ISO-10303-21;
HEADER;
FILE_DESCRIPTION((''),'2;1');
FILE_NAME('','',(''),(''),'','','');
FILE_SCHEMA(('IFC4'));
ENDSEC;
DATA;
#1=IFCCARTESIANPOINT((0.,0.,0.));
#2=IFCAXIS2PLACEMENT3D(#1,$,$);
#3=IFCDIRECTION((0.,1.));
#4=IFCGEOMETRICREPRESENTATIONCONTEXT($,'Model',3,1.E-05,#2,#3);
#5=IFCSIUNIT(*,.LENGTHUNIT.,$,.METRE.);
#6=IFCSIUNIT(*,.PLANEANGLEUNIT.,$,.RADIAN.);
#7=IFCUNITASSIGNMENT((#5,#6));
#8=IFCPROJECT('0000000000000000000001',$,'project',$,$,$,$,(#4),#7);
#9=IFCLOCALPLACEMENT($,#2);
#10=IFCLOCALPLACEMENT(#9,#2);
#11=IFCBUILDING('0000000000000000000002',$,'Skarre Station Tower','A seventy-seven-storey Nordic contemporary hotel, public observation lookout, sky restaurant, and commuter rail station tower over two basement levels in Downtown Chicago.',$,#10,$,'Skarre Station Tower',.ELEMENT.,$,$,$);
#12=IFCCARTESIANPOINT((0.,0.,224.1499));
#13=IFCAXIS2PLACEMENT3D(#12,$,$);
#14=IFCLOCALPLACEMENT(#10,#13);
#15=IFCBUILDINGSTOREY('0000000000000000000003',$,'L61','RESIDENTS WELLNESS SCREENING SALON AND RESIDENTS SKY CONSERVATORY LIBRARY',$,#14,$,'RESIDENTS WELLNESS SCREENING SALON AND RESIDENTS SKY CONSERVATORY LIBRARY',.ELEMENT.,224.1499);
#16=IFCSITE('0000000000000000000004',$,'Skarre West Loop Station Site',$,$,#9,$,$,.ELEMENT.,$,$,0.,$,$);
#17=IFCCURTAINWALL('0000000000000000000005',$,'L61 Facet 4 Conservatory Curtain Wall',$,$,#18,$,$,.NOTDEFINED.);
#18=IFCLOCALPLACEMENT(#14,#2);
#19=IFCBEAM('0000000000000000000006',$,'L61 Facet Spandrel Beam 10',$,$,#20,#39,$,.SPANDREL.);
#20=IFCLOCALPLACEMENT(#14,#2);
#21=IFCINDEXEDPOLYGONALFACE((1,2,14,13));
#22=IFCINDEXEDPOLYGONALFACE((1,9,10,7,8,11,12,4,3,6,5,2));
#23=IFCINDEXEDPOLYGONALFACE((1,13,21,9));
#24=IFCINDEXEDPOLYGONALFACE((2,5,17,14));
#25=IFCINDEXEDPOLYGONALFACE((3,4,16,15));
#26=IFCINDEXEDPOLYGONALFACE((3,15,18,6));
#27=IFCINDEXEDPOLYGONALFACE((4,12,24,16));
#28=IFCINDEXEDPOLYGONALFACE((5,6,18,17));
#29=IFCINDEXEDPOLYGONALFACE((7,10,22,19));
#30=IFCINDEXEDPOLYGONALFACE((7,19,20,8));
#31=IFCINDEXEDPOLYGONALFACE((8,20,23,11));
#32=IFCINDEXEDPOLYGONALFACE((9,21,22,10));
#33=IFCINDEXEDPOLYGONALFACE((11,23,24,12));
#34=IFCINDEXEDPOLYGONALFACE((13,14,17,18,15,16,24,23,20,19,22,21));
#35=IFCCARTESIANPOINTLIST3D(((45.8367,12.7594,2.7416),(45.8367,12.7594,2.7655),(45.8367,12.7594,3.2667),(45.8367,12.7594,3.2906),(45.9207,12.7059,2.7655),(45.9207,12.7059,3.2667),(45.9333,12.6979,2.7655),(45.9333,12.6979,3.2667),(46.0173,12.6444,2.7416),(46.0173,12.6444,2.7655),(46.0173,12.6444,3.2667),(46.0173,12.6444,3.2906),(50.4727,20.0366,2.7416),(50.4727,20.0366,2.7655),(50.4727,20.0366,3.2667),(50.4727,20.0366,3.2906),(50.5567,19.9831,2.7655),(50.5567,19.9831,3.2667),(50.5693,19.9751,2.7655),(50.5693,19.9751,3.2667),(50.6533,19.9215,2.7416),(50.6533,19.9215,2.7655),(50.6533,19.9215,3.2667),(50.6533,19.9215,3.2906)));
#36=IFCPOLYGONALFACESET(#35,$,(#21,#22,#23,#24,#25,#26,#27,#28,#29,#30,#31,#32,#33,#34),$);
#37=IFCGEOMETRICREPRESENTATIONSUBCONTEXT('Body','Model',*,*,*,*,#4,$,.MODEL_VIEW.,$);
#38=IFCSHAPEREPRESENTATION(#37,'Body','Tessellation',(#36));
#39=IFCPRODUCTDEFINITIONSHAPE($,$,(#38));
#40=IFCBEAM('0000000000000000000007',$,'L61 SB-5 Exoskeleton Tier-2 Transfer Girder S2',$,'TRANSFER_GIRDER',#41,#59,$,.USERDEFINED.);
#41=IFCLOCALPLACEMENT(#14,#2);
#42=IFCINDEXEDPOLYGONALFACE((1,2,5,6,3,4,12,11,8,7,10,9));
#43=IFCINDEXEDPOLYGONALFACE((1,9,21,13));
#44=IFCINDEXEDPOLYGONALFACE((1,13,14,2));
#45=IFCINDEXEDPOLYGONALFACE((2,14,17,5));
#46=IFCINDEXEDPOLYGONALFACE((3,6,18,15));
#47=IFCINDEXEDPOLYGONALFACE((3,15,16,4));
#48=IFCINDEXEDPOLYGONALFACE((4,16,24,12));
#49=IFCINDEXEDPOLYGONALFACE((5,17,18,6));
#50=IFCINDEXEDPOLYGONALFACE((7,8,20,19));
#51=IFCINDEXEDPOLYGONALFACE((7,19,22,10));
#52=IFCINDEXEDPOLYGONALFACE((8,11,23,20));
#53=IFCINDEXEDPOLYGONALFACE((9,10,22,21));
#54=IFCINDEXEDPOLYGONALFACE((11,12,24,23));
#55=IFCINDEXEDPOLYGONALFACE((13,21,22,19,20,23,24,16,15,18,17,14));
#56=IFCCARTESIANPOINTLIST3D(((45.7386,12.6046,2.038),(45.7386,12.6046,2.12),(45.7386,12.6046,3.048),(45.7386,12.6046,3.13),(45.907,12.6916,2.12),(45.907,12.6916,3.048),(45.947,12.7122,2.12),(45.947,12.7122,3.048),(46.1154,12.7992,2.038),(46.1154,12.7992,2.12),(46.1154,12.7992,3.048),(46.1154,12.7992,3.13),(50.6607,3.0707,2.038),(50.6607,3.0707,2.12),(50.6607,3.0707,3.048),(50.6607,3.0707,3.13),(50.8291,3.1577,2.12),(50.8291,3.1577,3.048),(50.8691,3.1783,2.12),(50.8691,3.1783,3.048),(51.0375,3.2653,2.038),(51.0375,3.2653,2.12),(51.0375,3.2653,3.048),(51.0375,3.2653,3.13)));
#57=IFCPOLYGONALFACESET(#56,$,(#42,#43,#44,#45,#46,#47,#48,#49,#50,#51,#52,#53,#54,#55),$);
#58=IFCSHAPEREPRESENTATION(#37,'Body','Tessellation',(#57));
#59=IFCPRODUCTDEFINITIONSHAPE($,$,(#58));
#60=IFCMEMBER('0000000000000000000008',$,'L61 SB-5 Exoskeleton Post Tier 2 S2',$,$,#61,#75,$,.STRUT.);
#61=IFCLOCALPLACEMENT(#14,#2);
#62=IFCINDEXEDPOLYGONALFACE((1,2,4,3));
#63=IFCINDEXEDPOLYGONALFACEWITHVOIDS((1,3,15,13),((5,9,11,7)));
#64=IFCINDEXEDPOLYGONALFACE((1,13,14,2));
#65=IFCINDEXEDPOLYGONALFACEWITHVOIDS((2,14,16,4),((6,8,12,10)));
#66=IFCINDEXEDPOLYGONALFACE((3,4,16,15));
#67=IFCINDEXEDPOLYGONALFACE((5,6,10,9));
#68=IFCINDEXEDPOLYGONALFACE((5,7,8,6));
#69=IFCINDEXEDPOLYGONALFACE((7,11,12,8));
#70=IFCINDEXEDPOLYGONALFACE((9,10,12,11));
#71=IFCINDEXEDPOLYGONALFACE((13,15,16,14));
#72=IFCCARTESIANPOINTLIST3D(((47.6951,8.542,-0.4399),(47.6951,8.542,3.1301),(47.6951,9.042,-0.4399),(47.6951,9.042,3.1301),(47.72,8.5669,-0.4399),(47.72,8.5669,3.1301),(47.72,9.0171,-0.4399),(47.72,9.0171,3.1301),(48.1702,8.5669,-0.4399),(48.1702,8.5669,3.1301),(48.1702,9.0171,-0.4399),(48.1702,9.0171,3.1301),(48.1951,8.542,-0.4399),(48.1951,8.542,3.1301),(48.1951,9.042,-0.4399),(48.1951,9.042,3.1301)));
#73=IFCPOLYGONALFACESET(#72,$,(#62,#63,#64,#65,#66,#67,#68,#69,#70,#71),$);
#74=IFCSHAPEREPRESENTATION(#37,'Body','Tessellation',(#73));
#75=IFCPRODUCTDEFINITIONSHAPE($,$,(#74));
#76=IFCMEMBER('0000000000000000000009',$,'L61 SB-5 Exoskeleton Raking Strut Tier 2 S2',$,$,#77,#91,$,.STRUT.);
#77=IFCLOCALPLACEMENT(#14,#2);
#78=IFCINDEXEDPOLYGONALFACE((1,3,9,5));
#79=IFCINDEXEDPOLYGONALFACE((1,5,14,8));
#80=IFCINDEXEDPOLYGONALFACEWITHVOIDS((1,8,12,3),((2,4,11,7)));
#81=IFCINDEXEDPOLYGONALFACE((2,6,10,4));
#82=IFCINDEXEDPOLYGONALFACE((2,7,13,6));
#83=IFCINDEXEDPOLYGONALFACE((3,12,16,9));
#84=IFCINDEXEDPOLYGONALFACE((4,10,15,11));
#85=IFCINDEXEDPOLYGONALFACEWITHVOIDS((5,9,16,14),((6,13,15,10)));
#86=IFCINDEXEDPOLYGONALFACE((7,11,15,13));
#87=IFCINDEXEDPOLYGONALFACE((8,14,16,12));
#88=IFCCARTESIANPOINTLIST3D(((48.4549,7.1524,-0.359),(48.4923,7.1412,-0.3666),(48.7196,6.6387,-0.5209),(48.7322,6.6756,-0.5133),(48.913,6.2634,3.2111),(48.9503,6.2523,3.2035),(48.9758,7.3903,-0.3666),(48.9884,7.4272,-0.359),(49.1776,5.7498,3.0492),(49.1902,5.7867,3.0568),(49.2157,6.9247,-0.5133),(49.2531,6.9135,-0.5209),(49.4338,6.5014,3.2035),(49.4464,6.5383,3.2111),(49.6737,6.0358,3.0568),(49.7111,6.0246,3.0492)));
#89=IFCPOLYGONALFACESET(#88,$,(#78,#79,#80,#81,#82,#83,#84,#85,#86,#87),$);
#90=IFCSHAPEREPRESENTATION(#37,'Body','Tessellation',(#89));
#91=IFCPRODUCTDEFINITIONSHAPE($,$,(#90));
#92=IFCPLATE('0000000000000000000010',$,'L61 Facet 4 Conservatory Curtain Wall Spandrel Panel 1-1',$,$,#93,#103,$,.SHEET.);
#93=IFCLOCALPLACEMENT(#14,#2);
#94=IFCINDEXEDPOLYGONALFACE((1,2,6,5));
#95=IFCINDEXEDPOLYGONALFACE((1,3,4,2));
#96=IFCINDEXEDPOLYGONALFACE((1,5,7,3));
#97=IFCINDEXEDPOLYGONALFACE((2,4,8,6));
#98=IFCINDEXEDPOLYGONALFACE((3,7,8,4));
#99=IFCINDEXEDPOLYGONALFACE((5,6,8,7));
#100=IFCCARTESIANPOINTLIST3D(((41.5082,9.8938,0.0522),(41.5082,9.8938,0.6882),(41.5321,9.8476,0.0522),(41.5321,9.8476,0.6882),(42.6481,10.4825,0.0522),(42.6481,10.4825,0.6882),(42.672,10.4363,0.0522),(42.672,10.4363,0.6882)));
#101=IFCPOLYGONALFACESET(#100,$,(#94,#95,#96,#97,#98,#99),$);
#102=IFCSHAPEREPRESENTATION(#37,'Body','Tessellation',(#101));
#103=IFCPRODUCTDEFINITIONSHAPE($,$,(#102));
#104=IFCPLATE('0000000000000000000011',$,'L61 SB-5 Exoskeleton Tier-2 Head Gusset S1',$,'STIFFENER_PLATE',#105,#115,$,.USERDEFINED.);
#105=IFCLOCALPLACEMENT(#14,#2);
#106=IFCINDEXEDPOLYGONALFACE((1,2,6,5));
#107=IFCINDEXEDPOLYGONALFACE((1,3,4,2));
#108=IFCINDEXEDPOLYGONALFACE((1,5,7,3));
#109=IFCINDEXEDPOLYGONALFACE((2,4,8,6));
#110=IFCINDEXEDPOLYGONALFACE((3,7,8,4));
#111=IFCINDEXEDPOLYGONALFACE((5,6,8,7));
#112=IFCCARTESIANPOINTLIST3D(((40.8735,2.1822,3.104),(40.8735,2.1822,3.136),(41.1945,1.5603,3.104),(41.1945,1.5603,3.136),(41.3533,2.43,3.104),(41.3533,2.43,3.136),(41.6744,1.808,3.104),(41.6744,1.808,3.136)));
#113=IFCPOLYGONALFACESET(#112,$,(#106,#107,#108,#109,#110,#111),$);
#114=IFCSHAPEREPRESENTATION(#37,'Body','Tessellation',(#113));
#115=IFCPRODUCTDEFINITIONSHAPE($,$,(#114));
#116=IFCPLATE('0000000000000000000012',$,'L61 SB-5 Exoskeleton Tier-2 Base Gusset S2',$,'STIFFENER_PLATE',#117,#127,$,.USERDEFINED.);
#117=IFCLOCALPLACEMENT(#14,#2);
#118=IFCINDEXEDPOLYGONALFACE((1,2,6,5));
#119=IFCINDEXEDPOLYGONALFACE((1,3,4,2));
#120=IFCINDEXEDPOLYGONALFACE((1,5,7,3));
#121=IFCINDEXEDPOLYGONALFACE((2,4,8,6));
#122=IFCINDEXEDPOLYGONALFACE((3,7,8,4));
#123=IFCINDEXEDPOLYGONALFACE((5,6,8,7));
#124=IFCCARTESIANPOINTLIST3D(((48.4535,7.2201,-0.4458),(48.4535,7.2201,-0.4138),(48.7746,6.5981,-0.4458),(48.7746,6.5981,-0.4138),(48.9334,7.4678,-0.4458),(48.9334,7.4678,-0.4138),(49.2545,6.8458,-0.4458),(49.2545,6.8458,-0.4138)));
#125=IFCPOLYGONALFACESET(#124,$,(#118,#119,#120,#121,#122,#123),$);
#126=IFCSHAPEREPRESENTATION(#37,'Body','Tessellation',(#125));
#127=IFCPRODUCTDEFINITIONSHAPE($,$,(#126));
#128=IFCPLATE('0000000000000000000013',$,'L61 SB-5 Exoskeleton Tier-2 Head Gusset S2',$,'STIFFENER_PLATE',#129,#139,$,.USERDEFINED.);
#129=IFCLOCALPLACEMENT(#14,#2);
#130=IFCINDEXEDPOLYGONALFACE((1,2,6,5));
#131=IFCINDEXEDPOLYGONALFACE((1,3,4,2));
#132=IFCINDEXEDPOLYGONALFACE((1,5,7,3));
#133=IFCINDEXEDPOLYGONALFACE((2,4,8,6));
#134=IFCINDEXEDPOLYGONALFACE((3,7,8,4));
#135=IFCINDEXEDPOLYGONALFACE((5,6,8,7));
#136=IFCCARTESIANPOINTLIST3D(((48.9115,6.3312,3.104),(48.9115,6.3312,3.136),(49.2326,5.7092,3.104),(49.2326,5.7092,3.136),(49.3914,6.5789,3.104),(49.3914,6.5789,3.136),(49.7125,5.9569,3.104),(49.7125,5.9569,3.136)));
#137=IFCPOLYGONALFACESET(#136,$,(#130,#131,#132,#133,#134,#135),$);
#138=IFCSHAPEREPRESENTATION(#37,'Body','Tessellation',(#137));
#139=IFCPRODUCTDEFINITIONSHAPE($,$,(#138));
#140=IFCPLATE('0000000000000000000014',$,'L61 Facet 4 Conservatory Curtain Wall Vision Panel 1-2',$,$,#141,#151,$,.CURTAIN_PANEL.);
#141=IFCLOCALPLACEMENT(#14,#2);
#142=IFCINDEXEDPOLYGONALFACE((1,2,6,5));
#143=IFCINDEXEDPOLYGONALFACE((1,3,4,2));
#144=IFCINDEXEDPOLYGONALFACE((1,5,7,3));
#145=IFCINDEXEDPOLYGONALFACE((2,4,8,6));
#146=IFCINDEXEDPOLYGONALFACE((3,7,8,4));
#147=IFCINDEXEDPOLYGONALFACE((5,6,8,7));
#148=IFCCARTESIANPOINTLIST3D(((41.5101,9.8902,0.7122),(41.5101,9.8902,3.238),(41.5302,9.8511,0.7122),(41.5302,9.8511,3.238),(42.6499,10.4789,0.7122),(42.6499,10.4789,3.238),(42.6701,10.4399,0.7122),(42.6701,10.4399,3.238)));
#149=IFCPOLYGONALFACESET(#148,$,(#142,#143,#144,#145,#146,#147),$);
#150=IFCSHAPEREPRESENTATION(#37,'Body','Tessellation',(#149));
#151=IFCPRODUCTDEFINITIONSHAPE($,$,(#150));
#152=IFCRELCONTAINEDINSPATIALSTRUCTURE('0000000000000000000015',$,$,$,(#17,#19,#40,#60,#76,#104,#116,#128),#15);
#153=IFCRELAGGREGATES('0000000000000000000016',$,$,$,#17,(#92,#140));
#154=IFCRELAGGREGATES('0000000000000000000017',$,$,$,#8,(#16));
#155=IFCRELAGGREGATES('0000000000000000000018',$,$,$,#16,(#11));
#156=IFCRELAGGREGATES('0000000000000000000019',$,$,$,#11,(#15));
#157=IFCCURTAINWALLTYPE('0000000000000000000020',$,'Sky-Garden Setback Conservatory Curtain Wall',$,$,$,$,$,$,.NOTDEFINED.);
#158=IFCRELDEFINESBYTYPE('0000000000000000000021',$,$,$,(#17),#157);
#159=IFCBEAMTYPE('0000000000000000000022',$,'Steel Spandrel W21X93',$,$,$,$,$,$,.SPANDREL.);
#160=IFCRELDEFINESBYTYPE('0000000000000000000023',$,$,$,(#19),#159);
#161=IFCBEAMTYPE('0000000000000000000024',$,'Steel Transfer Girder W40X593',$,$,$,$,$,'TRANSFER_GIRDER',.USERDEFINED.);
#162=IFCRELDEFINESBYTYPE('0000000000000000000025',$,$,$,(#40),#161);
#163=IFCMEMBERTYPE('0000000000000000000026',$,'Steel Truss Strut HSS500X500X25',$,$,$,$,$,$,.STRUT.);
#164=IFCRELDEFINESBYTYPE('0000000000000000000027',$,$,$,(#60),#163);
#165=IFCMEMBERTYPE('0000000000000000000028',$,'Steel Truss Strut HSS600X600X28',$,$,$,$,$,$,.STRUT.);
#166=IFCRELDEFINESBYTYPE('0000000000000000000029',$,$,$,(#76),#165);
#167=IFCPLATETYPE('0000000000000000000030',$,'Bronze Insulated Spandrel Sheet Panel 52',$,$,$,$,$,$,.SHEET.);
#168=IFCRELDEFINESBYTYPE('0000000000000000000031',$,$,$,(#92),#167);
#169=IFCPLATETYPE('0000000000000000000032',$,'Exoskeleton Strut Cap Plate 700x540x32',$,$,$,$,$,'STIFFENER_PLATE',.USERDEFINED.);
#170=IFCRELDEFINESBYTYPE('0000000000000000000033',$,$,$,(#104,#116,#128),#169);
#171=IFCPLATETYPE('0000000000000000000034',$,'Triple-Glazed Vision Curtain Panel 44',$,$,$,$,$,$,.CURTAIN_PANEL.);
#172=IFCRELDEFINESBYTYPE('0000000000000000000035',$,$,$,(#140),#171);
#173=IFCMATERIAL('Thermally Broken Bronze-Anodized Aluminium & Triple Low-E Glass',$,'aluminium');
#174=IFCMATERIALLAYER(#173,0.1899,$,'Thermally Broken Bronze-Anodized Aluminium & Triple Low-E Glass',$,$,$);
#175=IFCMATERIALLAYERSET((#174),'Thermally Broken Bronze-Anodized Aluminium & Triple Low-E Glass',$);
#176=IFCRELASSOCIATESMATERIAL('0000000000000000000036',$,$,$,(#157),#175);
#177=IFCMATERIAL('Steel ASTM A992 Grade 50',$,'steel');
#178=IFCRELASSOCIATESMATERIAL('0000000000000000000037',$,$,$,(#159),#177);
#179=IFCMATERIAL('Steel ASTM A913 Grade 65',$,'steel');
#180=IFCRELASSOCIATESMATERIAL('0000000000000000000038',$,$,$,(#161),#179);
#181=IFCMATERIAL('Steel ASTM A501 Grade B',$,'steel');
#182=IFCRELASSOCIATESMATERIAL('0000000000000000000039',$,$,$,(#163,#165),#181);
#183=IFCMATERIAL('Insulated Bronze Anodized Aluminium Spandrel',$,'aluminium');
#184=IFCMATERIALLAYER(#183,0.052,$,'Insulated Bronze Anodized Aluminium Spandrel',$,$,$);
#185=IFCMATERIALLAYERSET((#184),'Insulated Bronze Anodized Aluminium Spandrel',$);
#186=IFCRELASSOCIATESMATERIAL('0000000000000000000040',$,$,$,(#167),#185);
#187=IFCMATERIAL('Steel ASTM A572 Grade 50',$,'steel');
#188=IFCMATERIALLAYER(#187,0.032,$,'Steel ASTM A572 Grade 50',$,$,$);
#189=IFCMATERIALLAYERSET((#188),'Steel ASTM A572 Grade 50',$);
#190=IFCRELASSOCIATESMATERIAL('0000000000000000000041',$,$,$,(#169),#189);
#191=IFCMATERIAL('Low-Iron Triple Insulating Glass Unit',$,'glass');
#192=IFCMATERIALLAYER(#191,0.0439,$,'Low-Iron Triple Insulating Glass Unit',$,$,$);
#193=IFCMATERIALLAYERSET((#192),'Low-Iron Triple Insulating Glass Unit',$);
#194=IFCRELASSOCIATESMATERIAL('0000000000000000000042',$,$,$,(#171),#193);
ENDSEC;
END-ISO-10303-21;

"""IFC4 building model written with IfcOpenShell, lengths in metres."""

from ifc_helpers import new_model, si_unit, direction, frame, origin, origin_2d, place, context, subcontext, project, spatial, rectangle, hollow_rectangle, i_section, extrude, material, layer, layer_set, material_profile, profile_set, type_object, element, aggregate, save


model = new_model("IFC4")

# Units and contexts
model_context = context("Model", 3, precision=1e-05, world=origin(), true_north=direction((0.0, 1.0)))
body_context = subcontext(model_context, "Body", "Model", "MODEL_VIEW")
ifc_project = project(units=[si_unit("LENGTHUNIT", "METRE"), si_unit("PLANEANGLEUNIT", "RADIAN")], contexts=[model_context])

# Site, building, storey
site_placement = place(None, origin())
site = spatial("IfcSite", under=ifc_project, at=site_placement, Name="Skarre West Loop Station Site", CompositionType="ELEMENT", RefElevation=0.0)
building_placement = place(site_placement, origin())
building = spatial("IfcBuilding", under=site, at=building_placement, Name="Skarre Station Tower", Description="A seventy-seven-storey Nordic contemporary hotel, public observation lookout, sky restaurant, and commuter rail station tower over two basement levels in Downtown Chicago.", LongName="Skarre Station Tower", CompositionType="ELEMENT")
storey_placement = place(building_placement, frame((0.0, 0.0, 224.1499)))
storey = spatial("IfcBuildingStorey", under=building, at=storey_placement, Name="L61", Description="RESIDENTS WELLNESS SCREENING SALON AND RESIDENTS SKY CONSERVATORY LIBRARY", LongName="RESIDENTS WELLNESS SCREENING SALON AND RESIDENTS SKY CONSERVATORY LIBRARY", CompositionType="ELEMENT", Elevation=224.1499)

# Curtain wall
ifc_material_1 = material(Name="Thermally Broken Bronze-Anodized Aluminium & Triple Low-E Glass", Category="aluminium")
ifc_layer_1 = layer(ifc_material_1, 0.1899, Name="Thermally Broken Bronze-Anodized Aluminium & Triple Low-E Glass")
ifc_layer_set_1 = layer_set([ifc_layer_1], Name="Thermally Broken Bronze-Anodized Aluminium & Triple Low-E Glass")
curtain_wall_type = type_object("IfcCurtainWallType", Name="Sky-Garden Setback Conservatory Curtain Wall", PredefinedType="NOTDEFINED", material=ifc_layer_set_1)
curtain_wall_placement = place(storey_placement, origin())
curtain_wall = element("IfcCurtainWall", 1, at=curtain_wall_placement, inside=storey, type_object=curtain_wall_type, Name="L61 Facet 4 Conservatory Curtain Wall", PredefinedType="NOTDEFINED")

# Beams
ifc_material_2 = material(Name="Steel ASTM A992 Grade 50", Category="steel")
ifc_material_profile_1 = material_profile(ifc_material_2, i_section(OverallWidth=0.2141, OverallDepth=0.5491, WebThickness=0.0149, FlangeThickness=0.0239, at=origin_2d()), Name="Steel ASTM A992 Grade 50")
ifc_profile_set_1 = profile_set([ifc_material_profile_1], Name="Steel ASTM A992 Grade 50")
beam_type_1 = type_object("IfcBeamType", Name="Steel Spandrel W21X93", PredefinedType="SPANDREL", material=ifc_profile_set_1)
beam_1_placement = place(storey_placement, frame((45.927, 12.7019, 3.0161), z_axis=(0.537297, 0.843393, 0.0), x_axis=(-0.843393, 0.537297, 0.0)))
element("IfcBeam", 2, at=beam_1_placement, inside=storey, type_object=beam_type_1, Name="L61 Facet Spandrel Beam 10", PredefinedType="SPANDREL", context=body_context, shape_type="SweptSolid", body=[
    extrude(i_section(OverallWidth=0.2141, OverallDepth=0.5491, WebThickness=0.0149, FlangeThickness=0.0239, at=origin_2d()), origin(), (0.0, 0.0, 1.0), 8.6284),
])
ifc_material_3 = material(Name="Steel ASTM A913 Grade 65", Category="steel")
ifc_material_profile_2 = material_profile(ifc_material_3, i_section(OverallWidth=0.4241, OverallDepth=1.092, WebThickness=0.0449, FlangeThickness=0.082, at=origin_2d()), Name="Steel ASTM A913 Grade 65")
ifc_profile_set_2 = profile_set([ifc_material_profile_2], Name="Steel ASTM A913 Grade 65")
beam_type_2 = type_object("IfcBeamType", Name="Steel Transfer Girder W40X593", ElementType="TRANSFER_GIRDER", PredefinedType="USERDEFINED", material=ifc_profile_set_2)
beam_2_placement = place(storey_placement, frame((45.927, 12.7019, 2.584), z_axis=(0.458744, -0.888568, 0.0), x_axis=(0.888568, 0.458744, 0.0)))
element("IfcBeam", 3, at=beam_2_placement, inside=storey, type_object=beam_type_2, Name="L61 SB-5 Exoskeleton Tier-2 Transfer Girder S2", ObjectType="TRANSFER_GIRDER", PredefinedType="USERDEFINED", context=body_context, shape_type="SweptSolid", body=[
    extrude(i_section(OverallWidth=0.4241, OverallDepth=1.092, WebThickness=0.0449, FlangeThickness=0.082, at=origin_2d()), origin(), (0.0, 0.0, 1.0), 10.7295),
])

# Members
ifc_material_4 = material(Name="Steel ASTM A501 Grade B", Category="steel")
ifc_material_profile_3 = material_profile(ifc_material_4, hollow_rectangle(XDim=0.5, YDim=0.5, WallThickness=0.0249, at=origin_2d()), Name="Steel ASTM A501 Grade B")
ifc_profile_set_3 = profile_set([ifc_material_profile_3], Name="Steel ASTM A501 Grade B")
member_type_1 = type_object("IfcMemberType", Name="Steel Truss Strut HSS500X500X25", PredefinedType="STRUT", material=ifc_profile_set_3)
member_1_placement = place(storey_placement, frame((47.9451, 8.792, -0.4399), z_axis=(0.0, 0.0, 1.0), x_axis=(1.0, 0.0, 0.0)))
element("IfcMember", 4, at=member_1_placement, inside=storey, type_object=member_type_1, Name="L61 SB-5 Exoskeleton Post Tier 2 S2", PredefinedType="STRUT", context=body_context, shape_type="SweptSolid", body=[
    extrude(hollow_rectangle(XDim=0.5, YDim=0.5, WallThickness=0.0249, at=origin_2d()), origin(), (0.0, 0.0, 1.0), 3.5701),
])
ifc_material_profile_4 = material_profile(ifc_material_4, hollow_rectangle(XDim=0.6001, YDim=0.6001, WallThickness=0.0281, at=origin_2d()), Name="Steel ASTM A501 Grade B")
ifc_profile_set_4 = profile_set([ifc_material_profile_4], Name="Steel ASTM A501 Grade B")
member_type_2 = type_object("IfcMemberType", Name="Steel Truss Strut HSS600X600X28", PredefinedType="STRUT", material=ifc_profile_set_4)
member_2_placement = place(storey_placement, frame((48.854, 7.033, -0.4399), z_axis=(0.123536, -0.239764, 0.962939), x_axis=(0.888941, 0.458021, 0.0)))
element("IfcMember", 5, at=member_2_placement, inside=storey, type_object=member_type_2, Name="L61 SB-5 Exoskeleton Raking Strut Tier 2 S2", PredefinedType="STRUT", context=body_context, shape_type="SweptSolid", body=[
    extrude(hollow_rectangle(XDim=0.6001, YDim=0.6001, WallThickness=0.0281, at=origin_2d()), origin(), (0.0, 0.0, 1.0), 3.7075),
])

# Plate
ifc_material_5 = material(Name="Insulated Bronze Anodized Aluminium Spandrel", Category="aluminium")
ifc_layer_2 = layer(ifc_material_5, 0.052, Name="Insulated Bronze Anodized Aluminium Spandrel")
ifc_layer_set_2 = layer_set([ifc_layer_2], Name="Insulated Bronze Anodized Aluminium Spandrel")
plate_type_1 = type_object("IfcPlateType", Name="Bronze Insulated Spandrel Sheet Panel 52", PredefinedType="SHEET", material=ifc_layer_set_2)
plate_1_placement = place(storey_placement, frame((42.0901, 10.165, 0.0522), z_axis=(0.0, 0.0, 1.0), x_axis=(-0.888481, -0.458913, 0.0)))
plate_1 = element("IfcPlate", 6, at=plate_1_placement, type_object=plate_type_1, Name="L61 Facet 4 Conservatory Curtain Wall Spandrel Panel 1-1", PredefinedType="SHEET", context=body_context, shape_type="SweptSolid", body=[
    extrude(rectangle(XDim=1.283, YDim=0.052, at=origin_2d()), origin(), (0.0, 0.0, 1.0), 0.636),
])

# Plates
ifc_material_6 = material(Name="Steel ASTM A572 Grade 50", Category="steel")
ifc_layer_3 = layer(ifc_material_6, 0.032, Name="Steel ASTM A572 Grade 50")
ifc_layer_set_3 = layer_set([ifc_layer_3], Name="Steel ASTM A572 Grade 50")
plate_type_2 = type_object("IfcPlateType", Name="Exoskeleton Strut Cap Plate 700x540x32", ElementType="STIFFENER_PLATE", PredefinedType="USERDEFINED", material=ifc_layer_set_3)
for number, where, z_axis, x_axis, name in (
    (7, (41.2739, 1.9951, 3.104), (0.0, 0.0, 1.0), (0.458712, -0.888585, 0.0), "L61 SB-5 Exoskeleton Tier-2 Head Gusset S1"),
    (8, (48.854, 7.033, -0.4458), (0.0, 0.0, 1.0), (0.458712, -0.888585, 0.0), "L61 SB-5 Exoskeleton Tier-2 Base Gusset S2"),
    (9, (49.312, 6.144, 3.104), (0.0, 0.0, 1.0), (0.458712, -0.888585, 0.0), "L61 SB-5 Exoskeleton Tier-2 Head Gusset S2"),
):
    element("IfcPlate", number, at=place(storey_placement, frame(where, z_axis=z_axis, x_axis=x_axis)), inside=storey, type_object=plate_type_2, Name=name, ObjectType="STIFFENER_PLATE", PredefinedType="USERDEFINED", context=body_context, shape_type="SweptSolid", body=[
        extrude(rectangle(XDim=0.7, YDim=0.54, at=origin_2d()), origin(), (0.0, 0.0, 1.0), 0.032),
    ])

# Plate
ifc_material_7 = material(Name="Low-Iron Triple Insulating Glass Unit", Category="glass")
ifc_layer_4 = layer(ifc_material_7, 0.0439, Name="Low-Iron Triple Insulating Glass Unit")
ifc_layer_set_4 = layer_set([ifc_layer_4], Name="Low-Iron Triple Insulating Glass Unit")
plate_type_3 = type_object("IfcPlateType", Name="Triple-Glazed Vision Curtain Panel 44", PredefinedType="CURTAIN_PANEL", material=ifc_layer_set_4)
plate_2_placement = place(storey_placement, frame((42.0901, 10.165, 0.7122), z_axis=(0.0, 0.0, 1.0), x_axis=(-0.888481, -0.458913, 0.0)))
plate_2 = element("IfcPlate", 10, at=plate_2_placement, type_object=plate_type_3, Name="L61 Facet 4 Conservatory Curtain Wall Vision Panel 1-2", PredefinedType="CURTAIN_PANEL", context=body_context, shape_type="SweptSolid", body=[
    extrude(rectangle(XDim=1.283, YDim=0.0439, at=origin_2d()), origin(), (0.0, 0.0, 1.0), 2.5259),
])
aggregate(curtain_wall, [plate_1, plate_2])

save(model, "model.ifc")
